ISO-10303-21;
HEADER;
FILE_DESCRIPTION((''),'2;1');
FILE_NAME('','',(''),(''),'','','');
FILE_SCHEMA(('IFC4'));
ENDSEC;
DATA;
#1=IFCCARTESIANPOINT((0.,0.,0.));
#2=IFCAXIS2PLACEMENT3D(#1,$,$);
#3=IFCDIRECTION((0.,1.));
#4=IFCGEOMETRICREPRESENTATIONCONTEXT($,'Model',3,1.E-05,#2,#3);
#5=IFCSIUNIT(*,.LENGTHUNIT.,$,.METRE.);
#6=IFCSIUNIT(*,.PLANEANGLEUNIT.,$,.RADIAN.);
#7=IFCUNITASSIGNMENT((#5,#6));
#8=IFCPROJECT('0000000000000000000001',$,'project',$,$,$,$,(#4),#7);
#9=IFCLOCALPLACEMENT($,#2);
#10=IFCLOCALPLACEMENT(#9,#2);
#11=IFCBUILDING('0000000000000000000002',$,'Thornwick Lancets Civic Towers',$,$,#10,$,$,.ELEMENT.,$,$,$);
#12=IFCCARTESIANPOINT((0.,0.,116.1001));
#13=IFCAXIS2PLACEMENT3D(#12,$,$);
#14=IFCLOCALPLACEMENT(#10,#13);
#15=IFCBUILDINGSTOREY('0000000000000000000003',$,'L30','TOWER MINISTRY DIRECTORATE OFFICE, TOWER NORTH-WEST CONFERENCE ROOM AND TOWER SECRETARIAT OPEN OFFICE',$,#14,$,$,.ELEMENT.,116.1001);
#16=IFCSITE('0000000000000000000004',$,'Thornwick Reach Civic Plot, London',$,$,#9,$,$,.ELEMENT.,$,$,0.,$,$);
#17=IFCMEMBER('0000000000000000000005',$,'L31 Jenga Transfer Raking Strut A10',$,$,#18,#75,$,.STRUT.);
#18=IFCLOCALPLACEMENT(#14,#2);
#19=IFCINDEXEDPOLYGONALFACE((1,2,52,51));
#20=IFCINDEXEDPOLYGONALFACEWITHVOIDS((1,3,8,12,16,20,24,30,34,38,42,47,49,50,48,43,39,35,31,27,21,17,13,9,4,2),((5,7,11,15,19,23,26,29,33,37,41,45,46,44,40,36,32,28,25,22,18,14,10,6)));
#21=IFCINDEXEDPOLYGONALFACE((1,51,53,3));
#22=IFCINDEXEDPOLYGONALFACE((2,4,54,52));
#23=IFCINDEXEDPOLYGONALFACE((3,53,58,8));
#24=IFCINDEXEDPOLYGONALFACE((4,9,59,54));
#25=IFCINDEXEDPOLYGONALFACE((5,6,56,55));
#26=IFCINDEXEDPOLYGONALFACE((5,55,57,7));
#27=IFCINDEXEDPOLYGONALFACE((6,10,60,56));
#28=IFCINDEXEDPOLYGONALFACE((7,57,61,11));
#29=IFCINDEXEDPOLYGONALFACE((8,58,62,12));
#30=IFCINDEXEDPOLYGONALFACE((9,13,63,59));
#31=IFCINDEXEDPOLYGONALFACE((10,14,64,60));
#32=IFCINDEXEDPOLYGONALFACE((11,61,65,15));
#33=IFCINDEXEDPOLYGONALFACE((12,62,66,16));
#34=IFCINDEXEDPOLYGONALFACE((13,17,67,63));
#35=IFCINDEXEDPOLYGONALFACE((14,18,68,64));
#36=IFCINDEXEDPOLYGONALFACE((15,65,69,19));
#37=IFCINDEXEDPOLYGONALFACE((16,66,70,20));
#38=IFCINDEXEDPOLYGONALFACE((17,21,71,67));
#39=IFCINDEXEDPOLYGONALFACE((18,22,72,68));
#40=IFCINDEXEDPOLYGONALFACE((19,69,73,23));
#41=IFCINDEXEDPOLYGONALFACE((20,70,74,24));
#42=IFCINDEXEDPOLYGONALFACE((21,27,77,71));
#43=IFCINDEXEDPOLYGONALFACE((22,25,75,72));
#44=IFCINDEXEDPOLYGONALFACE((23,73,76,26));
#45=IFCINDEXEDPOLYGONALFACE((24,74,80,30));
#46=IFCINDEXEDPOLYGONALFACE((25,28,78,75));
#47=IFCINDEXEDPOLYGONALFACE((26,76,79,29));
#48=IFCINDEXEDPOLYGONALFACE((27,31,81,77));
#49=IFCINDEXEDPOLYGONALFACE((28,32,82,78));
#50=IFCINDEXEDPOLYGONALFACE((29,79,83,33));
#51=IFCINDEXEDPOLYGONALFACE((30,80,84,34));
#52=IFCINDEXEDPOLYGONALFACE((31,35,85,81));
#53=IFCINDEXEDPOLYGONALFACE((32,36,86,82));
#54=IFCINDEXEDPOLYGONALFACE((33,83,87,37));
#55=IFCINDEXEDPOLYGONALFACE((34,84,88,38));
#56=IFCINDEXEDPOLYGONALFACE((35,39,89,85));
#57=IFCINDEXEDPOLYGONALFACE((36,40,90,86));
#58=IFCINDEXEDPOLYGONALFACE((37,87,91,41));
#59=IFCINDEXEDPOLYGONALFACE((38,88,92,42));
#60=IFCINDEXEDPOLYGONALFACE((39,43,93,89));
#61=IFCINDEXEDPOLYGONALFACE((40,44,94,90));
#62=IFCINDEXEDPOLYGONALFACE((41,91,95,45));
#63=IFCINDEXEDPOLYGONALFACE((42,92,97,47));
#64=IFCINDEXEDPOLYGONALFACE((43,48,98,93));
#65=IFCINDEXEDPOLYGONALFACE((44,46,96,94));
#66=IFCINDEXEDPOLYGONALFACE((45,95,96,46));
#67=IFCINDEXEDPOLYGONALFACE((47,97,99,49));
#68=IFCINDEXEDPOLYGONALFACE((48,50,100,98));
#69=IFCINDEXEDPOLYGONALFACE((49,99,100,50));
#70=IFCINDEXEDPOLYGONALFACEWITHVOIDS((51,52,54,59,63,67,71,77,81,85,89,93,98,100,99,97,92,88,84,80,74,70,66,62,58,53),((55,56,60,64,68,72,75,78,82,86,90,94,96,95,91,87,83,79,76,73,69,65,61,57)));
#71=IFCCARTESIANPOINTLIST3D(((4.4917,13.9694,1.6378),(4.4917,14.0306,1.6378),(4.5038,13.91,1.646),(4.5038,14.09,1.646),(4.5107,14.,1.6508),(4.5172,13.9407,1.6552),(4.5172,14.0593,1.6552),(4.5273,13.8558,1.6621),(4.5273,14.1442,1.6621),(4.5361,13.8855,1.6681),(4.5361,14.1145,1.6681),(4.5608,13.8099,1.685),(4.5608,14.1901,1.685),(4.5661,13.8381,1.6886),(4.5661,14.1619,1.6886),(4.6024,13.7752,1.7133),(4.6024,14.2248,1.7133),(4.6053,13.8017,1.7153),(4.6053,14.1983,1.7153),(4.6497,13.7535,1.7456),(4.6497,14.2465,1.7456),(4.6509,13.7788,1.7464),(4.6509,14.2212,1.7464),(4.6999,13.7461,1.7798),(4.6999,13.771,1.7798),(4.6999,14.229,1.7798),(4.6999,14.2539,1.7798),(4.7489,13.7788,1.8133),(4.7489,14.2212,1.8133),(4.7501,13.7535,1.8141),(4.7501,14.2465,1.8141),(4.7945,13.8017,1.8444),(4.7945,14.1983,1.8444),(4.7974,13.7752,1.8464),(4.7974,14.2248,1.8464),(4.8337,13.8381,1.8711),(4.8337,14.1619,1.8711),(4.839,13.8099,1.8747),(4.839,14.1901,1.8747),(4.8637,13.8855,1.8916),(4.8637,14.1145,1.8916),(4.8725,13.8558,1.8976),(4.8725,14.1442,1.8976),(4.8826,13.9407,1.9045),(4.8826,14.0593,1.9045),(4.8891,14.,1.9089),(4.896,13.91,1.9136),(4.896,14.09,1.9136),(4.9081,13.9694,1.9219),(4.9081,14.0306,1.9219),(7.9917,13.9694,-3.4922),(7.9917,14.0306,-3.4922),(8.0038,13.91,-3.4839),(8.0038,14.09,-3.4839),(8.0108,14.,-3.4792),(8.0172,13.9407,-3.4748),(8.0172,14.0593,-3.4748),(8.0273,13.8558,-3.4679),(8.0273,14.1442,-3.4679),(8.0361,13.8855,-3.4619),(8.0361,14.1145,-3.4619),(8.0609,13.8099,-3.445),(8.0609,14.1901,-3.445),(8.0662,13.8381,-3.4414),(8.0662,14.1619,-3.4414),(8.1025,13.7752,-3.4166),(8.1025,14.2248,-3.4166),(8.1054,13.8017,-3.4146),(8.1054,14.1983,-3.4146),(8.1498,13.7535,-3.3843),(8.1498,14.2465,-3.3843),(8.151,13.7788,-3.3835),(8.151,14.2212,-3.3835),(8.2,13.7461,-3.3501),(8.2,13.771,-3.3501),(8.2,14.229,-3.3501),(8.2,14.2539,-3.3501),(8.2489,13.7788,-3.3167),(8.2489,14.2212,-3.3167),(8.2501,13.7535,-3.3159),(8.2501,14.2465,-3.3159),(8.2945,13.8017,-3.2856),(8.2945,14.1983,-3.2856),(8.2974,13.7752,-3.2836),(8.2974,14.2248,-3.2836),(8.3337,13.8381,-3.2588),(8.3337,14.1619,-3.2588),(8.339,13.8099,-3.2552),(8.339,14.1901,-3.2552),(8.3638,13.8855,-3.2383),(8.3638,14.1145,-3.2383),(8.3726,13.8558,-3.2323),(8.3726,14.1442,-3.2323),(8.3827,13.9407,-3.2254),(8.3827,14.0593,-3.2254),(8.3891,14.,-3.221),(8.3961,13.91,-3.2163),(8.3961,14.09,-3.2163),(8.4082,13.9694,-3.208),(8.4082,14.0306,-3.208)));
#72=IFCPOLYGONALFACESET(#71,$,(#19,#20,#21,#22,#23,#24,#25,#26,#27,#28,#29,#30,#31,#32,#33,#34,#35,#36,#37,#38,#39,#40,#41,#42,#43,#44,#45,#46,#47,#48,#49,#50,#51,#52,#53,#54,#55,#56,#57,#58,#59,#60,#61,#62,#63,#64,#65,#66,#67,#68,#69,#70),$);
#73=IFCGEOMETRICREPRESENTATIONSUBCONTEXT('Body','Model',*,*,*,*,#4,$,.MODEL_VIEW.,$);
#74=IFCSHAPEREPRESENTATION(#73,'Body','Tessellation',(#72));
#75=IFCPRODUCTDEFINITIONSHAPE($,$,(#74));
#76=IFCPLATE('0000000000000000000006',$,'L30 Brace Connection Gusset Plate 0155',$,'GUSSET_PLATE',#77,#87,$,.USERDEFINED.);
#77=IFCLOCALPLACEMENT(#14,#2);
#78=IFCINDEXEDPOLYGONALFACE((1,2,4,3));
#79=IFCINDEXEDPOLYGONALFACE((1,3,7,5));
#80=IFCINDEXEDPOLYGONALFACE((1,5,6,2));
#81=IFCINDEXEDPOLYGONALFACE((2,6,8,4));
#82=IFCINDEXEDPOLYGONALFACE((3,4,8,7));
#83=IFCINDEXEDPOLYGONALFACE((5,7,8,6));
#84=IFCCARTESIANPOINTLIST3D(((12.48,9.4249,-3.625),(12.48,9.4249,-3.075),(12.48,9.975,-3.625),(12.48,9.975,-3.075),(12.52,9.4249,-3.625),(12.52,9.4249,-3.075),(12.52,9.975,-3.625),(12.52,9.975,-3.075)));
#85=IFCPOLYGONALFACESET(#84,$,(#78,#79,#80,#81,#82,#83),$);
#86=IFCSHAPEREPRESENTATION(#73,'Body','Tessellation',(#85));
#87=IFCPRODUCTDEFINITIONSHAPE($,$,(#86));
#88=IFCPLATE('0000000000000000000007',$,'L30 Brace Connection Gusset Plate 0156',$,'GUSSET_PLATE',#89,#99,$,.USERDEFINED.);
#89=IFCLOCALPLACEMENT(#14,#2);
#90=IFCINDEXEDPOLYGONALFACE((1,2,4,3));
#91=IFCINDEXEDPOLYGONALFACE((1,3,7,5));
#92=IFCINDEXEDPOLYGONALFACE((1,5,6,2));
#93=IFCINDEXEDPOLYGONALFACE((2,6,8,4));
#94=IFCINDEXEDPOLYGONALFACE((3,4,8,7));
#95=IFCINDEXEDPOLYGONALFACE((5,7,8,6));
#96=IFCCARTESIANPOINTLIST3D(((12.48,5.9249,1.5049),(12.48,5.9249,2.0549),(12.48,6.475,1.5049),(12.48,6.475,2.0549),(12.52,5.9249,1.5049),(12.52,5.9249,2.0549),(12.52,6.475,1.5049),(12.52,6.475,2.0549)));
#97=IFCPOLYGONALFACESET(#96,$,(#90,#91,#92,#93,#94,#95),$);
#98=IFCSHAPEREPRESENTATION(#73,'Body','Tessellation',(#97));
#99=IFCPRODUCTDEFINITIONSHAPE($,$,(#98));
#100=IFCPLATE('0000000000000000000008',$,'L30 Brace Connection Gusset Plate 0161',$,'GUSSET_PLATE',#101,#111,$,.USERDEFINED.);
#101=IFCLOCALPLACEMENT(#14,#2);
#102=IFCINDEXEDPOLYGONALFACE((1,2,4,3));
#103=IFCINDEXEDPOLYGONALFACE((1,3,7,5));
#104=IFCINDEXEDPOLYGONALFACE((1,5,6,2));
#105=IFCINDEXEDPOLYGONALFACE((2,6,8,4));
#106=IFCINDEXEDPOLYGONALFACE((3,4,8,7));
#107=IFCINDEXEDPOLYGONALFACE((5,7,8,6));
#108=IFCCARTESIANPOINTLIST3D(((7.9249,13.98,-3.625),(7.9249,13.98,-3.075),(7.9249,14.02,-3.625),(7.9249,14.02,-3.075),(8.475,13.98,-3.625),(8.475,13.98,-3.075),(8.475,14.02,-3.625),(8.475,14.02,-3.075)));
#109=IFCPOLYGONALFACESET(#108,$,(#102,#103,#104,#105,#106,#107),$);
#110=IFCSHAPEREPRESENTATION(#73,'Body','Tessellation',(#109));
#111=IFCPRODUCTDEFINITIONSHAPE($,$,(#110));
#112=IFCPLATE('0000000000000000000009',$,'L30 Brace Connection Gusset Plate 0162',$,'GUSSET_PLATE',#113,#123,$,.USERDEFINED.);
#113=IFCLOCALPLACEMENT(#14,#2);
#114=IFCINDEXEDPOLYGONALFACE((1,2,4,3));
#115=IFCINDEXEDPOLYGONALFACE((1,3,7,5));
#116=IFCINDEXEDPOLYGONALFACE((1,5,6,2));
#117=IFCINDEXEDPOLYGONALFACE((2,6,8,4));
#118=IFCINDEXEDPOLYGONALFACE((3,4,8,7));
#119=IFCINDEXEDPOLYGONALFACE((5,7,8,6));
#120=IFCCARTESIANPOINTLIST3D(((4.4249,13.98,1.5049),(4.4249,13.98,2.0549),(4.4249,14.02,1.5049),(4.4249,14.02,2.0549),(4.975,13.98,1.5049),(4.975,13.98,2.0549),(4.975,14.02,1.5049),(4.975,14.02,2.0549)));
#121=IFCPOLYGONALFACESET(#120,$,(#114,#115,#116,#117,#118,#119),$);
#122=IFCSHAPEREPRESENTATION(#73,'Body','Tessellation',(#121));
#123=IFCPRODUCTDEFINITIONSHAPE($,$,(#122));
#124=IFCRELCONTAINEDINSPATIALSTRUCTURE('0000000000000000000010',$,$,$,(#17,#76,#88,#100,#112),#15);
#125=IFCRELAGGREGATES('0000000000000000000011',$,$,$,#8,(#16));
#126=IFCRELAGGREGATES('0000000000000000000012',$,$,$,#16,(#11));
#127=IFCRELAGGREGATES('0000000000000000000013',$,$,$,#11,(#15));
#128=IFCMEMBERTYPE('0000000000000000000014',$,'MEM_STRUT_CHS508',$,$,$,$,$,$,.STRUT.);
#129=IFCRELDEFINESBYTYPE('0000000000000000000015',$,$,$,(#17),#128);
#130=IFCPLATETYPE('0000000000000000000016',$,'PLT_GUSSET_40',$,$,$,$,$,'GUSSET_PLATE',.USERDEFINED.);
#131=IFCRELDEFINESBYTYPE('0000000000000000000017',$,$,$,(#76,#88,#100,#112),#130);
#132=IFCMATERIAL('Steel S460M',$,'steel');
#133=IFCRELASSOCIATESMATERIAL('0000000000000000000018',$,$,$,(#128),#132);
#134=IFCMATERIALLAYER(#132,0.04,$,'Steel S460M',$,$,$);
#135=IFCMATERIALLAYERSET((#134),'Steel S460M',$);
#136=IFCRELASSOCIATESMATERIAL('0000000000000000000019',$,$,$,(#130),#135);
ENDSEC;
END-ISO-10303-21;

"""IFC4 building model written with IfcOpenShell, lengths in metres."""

from ifc_helpers import new_model, si_unit, direction, frame, origin, origin_2d, place, context, subcontext, project, spatial, rectangle, hollow_circle, extrude, material, layer, layer_set, material_profile, profile_set, type_object, element, save


model = new_model("IFC4")

# Units and contexts
model_context = context("Model", 3, precision=1e-05, world=origin(), true_north=direction((0.0, 1.0)))
body_context = subcontext(model_context, "Body", "Model", "MODEL_VIEW")
ifc_project = project(units=[si_unit("LENGTHUNIT", "METRE"), si_unit("PLANEANGLEUNIT", "RADIAN")], contexts=[model_context])

# Site, building, storey
site_placement = place(None, origin())
site = spatial("IfcSite", under=ifc_project, at=site_placement, Name="Thornwick Reach Civic Plot, London", CompositionType="ELEMENT", RefElevation=0.0)
building_placement = place(site_placement, origin())
building = spatial("IfcBuilding", under=site, at=building_placement, Name="Thornwick Lancets Civic Towers", CompositionType="ELEMENT")
storey_placement = place(building_placement, frame((0.0, 0.0, 116.1001)))
storey = spatial("IfcBuildingStorey", under=building, at=storey_placement, Name="L30", Description="TOWER MINISTRY DIRECTORATE OFFICE, TOWER NORTH-WEST CONFERENCE ROOM AND TOWER SECRETARIAT OPEN OFFICE", CompositionType="ELEMENT", Elevation=116.1001)

# Shared definitions
ifc_material_1 = material(Name="Steel S460M", Category="steel")

# Member
ifc_material_profile_1 = material_profile(ifc_material_1, hollow_circle(Radius=0.2539, WallThickness=0.0249, at=origin_2d()), Name="CHS 508x25")
ifc_profile_set_1 = profile_set([ifc_material_profile_1], Name="Steel S460M")
member_type = type_object("IfcMemberType", Name="MEM_STRUT_CHS508", PredefinedType="STRUT", material=ifc_profile_set_1)
for number, where, z_axis, x_axis, name in (
    (1, (8.2, 14.0, -3.3501), (-0.563595, 0.0, 0.826051), (0.0, -1.0, 0.0), "L31 Jenga Transfer Raking Strut A10"),
):
    element("IfcMember", number, at=place(storey_placement, frame(where, z_axis=z_axis, x_axis=x_axis)), inside=storey, type_object=member_type, Name=name, PredefinedType="STRUT", context=body_context, shape_type="SweptSolid", body=[
        extrude(hollow_circle(Radius=0.2539, WallThickness=0.0249, at=origin_2d()), origin(), (0.0, 0.0, 1.0), 6.2102),
    ])

# Plates
ifc_layer_1 = layer(ifc_material_1, 0.04, Name="Steel S460M")
ifc_layer_set_1 = layer_set([ifc_layer_1], Name="Steel S460M")
plate_type = type_object("IfcPlateType", Name="PLT_GUSSET_40", ElementType="GUSSET_PLATE", PredefinedType="USERDEFINED", material=ifc_layer_set_1)
for number, where, z_axis, x_axis, name in (
    (2, (12.5, 9.7, -3.625), (0.0, 0.0, 1.0), (0.0, -1.0, 0.0), "L30 Brace Connection Gusset Plate 0155"),
    (3, (12.5, 6.2, 1.5049), (0.0, 0.0, 1.0), (0.0, -1.0, 0.0), "L30 Brace Connection Gusset Plate 0156"),
    (4, (8.2, 14.0, -3.625), (0.0, 0.0, 1.0), (-1.0, 0.0, 0.0), "L30 Brace Connection Gusset Plate 0161"),
    (5, (4.7, 14.0, 1.5049), (0.0, 0.0, 1.0), (-1.0, 0.0, 0.0), "L30 Brace Connection Gusset Plate 0162"),
):
    element("IfcPlate", number, at=place(storey_placement, frame(where, z_axis=z_axis, x_axis=x_axis)), inside=storey, type_object=plate_type, Name=name, ObjectType="GUSSET_PLATE", PredefinedType="USERDEFINED", context=body_context, shape_type="SweptSolid", body=[
        extrude(rectangle(XDim=0.55, YDim=0.04, at=origin_2d()), origin(), (0.0, 0.0, 1.0), 0.55),
    ])

save(model, "model.ifc")
